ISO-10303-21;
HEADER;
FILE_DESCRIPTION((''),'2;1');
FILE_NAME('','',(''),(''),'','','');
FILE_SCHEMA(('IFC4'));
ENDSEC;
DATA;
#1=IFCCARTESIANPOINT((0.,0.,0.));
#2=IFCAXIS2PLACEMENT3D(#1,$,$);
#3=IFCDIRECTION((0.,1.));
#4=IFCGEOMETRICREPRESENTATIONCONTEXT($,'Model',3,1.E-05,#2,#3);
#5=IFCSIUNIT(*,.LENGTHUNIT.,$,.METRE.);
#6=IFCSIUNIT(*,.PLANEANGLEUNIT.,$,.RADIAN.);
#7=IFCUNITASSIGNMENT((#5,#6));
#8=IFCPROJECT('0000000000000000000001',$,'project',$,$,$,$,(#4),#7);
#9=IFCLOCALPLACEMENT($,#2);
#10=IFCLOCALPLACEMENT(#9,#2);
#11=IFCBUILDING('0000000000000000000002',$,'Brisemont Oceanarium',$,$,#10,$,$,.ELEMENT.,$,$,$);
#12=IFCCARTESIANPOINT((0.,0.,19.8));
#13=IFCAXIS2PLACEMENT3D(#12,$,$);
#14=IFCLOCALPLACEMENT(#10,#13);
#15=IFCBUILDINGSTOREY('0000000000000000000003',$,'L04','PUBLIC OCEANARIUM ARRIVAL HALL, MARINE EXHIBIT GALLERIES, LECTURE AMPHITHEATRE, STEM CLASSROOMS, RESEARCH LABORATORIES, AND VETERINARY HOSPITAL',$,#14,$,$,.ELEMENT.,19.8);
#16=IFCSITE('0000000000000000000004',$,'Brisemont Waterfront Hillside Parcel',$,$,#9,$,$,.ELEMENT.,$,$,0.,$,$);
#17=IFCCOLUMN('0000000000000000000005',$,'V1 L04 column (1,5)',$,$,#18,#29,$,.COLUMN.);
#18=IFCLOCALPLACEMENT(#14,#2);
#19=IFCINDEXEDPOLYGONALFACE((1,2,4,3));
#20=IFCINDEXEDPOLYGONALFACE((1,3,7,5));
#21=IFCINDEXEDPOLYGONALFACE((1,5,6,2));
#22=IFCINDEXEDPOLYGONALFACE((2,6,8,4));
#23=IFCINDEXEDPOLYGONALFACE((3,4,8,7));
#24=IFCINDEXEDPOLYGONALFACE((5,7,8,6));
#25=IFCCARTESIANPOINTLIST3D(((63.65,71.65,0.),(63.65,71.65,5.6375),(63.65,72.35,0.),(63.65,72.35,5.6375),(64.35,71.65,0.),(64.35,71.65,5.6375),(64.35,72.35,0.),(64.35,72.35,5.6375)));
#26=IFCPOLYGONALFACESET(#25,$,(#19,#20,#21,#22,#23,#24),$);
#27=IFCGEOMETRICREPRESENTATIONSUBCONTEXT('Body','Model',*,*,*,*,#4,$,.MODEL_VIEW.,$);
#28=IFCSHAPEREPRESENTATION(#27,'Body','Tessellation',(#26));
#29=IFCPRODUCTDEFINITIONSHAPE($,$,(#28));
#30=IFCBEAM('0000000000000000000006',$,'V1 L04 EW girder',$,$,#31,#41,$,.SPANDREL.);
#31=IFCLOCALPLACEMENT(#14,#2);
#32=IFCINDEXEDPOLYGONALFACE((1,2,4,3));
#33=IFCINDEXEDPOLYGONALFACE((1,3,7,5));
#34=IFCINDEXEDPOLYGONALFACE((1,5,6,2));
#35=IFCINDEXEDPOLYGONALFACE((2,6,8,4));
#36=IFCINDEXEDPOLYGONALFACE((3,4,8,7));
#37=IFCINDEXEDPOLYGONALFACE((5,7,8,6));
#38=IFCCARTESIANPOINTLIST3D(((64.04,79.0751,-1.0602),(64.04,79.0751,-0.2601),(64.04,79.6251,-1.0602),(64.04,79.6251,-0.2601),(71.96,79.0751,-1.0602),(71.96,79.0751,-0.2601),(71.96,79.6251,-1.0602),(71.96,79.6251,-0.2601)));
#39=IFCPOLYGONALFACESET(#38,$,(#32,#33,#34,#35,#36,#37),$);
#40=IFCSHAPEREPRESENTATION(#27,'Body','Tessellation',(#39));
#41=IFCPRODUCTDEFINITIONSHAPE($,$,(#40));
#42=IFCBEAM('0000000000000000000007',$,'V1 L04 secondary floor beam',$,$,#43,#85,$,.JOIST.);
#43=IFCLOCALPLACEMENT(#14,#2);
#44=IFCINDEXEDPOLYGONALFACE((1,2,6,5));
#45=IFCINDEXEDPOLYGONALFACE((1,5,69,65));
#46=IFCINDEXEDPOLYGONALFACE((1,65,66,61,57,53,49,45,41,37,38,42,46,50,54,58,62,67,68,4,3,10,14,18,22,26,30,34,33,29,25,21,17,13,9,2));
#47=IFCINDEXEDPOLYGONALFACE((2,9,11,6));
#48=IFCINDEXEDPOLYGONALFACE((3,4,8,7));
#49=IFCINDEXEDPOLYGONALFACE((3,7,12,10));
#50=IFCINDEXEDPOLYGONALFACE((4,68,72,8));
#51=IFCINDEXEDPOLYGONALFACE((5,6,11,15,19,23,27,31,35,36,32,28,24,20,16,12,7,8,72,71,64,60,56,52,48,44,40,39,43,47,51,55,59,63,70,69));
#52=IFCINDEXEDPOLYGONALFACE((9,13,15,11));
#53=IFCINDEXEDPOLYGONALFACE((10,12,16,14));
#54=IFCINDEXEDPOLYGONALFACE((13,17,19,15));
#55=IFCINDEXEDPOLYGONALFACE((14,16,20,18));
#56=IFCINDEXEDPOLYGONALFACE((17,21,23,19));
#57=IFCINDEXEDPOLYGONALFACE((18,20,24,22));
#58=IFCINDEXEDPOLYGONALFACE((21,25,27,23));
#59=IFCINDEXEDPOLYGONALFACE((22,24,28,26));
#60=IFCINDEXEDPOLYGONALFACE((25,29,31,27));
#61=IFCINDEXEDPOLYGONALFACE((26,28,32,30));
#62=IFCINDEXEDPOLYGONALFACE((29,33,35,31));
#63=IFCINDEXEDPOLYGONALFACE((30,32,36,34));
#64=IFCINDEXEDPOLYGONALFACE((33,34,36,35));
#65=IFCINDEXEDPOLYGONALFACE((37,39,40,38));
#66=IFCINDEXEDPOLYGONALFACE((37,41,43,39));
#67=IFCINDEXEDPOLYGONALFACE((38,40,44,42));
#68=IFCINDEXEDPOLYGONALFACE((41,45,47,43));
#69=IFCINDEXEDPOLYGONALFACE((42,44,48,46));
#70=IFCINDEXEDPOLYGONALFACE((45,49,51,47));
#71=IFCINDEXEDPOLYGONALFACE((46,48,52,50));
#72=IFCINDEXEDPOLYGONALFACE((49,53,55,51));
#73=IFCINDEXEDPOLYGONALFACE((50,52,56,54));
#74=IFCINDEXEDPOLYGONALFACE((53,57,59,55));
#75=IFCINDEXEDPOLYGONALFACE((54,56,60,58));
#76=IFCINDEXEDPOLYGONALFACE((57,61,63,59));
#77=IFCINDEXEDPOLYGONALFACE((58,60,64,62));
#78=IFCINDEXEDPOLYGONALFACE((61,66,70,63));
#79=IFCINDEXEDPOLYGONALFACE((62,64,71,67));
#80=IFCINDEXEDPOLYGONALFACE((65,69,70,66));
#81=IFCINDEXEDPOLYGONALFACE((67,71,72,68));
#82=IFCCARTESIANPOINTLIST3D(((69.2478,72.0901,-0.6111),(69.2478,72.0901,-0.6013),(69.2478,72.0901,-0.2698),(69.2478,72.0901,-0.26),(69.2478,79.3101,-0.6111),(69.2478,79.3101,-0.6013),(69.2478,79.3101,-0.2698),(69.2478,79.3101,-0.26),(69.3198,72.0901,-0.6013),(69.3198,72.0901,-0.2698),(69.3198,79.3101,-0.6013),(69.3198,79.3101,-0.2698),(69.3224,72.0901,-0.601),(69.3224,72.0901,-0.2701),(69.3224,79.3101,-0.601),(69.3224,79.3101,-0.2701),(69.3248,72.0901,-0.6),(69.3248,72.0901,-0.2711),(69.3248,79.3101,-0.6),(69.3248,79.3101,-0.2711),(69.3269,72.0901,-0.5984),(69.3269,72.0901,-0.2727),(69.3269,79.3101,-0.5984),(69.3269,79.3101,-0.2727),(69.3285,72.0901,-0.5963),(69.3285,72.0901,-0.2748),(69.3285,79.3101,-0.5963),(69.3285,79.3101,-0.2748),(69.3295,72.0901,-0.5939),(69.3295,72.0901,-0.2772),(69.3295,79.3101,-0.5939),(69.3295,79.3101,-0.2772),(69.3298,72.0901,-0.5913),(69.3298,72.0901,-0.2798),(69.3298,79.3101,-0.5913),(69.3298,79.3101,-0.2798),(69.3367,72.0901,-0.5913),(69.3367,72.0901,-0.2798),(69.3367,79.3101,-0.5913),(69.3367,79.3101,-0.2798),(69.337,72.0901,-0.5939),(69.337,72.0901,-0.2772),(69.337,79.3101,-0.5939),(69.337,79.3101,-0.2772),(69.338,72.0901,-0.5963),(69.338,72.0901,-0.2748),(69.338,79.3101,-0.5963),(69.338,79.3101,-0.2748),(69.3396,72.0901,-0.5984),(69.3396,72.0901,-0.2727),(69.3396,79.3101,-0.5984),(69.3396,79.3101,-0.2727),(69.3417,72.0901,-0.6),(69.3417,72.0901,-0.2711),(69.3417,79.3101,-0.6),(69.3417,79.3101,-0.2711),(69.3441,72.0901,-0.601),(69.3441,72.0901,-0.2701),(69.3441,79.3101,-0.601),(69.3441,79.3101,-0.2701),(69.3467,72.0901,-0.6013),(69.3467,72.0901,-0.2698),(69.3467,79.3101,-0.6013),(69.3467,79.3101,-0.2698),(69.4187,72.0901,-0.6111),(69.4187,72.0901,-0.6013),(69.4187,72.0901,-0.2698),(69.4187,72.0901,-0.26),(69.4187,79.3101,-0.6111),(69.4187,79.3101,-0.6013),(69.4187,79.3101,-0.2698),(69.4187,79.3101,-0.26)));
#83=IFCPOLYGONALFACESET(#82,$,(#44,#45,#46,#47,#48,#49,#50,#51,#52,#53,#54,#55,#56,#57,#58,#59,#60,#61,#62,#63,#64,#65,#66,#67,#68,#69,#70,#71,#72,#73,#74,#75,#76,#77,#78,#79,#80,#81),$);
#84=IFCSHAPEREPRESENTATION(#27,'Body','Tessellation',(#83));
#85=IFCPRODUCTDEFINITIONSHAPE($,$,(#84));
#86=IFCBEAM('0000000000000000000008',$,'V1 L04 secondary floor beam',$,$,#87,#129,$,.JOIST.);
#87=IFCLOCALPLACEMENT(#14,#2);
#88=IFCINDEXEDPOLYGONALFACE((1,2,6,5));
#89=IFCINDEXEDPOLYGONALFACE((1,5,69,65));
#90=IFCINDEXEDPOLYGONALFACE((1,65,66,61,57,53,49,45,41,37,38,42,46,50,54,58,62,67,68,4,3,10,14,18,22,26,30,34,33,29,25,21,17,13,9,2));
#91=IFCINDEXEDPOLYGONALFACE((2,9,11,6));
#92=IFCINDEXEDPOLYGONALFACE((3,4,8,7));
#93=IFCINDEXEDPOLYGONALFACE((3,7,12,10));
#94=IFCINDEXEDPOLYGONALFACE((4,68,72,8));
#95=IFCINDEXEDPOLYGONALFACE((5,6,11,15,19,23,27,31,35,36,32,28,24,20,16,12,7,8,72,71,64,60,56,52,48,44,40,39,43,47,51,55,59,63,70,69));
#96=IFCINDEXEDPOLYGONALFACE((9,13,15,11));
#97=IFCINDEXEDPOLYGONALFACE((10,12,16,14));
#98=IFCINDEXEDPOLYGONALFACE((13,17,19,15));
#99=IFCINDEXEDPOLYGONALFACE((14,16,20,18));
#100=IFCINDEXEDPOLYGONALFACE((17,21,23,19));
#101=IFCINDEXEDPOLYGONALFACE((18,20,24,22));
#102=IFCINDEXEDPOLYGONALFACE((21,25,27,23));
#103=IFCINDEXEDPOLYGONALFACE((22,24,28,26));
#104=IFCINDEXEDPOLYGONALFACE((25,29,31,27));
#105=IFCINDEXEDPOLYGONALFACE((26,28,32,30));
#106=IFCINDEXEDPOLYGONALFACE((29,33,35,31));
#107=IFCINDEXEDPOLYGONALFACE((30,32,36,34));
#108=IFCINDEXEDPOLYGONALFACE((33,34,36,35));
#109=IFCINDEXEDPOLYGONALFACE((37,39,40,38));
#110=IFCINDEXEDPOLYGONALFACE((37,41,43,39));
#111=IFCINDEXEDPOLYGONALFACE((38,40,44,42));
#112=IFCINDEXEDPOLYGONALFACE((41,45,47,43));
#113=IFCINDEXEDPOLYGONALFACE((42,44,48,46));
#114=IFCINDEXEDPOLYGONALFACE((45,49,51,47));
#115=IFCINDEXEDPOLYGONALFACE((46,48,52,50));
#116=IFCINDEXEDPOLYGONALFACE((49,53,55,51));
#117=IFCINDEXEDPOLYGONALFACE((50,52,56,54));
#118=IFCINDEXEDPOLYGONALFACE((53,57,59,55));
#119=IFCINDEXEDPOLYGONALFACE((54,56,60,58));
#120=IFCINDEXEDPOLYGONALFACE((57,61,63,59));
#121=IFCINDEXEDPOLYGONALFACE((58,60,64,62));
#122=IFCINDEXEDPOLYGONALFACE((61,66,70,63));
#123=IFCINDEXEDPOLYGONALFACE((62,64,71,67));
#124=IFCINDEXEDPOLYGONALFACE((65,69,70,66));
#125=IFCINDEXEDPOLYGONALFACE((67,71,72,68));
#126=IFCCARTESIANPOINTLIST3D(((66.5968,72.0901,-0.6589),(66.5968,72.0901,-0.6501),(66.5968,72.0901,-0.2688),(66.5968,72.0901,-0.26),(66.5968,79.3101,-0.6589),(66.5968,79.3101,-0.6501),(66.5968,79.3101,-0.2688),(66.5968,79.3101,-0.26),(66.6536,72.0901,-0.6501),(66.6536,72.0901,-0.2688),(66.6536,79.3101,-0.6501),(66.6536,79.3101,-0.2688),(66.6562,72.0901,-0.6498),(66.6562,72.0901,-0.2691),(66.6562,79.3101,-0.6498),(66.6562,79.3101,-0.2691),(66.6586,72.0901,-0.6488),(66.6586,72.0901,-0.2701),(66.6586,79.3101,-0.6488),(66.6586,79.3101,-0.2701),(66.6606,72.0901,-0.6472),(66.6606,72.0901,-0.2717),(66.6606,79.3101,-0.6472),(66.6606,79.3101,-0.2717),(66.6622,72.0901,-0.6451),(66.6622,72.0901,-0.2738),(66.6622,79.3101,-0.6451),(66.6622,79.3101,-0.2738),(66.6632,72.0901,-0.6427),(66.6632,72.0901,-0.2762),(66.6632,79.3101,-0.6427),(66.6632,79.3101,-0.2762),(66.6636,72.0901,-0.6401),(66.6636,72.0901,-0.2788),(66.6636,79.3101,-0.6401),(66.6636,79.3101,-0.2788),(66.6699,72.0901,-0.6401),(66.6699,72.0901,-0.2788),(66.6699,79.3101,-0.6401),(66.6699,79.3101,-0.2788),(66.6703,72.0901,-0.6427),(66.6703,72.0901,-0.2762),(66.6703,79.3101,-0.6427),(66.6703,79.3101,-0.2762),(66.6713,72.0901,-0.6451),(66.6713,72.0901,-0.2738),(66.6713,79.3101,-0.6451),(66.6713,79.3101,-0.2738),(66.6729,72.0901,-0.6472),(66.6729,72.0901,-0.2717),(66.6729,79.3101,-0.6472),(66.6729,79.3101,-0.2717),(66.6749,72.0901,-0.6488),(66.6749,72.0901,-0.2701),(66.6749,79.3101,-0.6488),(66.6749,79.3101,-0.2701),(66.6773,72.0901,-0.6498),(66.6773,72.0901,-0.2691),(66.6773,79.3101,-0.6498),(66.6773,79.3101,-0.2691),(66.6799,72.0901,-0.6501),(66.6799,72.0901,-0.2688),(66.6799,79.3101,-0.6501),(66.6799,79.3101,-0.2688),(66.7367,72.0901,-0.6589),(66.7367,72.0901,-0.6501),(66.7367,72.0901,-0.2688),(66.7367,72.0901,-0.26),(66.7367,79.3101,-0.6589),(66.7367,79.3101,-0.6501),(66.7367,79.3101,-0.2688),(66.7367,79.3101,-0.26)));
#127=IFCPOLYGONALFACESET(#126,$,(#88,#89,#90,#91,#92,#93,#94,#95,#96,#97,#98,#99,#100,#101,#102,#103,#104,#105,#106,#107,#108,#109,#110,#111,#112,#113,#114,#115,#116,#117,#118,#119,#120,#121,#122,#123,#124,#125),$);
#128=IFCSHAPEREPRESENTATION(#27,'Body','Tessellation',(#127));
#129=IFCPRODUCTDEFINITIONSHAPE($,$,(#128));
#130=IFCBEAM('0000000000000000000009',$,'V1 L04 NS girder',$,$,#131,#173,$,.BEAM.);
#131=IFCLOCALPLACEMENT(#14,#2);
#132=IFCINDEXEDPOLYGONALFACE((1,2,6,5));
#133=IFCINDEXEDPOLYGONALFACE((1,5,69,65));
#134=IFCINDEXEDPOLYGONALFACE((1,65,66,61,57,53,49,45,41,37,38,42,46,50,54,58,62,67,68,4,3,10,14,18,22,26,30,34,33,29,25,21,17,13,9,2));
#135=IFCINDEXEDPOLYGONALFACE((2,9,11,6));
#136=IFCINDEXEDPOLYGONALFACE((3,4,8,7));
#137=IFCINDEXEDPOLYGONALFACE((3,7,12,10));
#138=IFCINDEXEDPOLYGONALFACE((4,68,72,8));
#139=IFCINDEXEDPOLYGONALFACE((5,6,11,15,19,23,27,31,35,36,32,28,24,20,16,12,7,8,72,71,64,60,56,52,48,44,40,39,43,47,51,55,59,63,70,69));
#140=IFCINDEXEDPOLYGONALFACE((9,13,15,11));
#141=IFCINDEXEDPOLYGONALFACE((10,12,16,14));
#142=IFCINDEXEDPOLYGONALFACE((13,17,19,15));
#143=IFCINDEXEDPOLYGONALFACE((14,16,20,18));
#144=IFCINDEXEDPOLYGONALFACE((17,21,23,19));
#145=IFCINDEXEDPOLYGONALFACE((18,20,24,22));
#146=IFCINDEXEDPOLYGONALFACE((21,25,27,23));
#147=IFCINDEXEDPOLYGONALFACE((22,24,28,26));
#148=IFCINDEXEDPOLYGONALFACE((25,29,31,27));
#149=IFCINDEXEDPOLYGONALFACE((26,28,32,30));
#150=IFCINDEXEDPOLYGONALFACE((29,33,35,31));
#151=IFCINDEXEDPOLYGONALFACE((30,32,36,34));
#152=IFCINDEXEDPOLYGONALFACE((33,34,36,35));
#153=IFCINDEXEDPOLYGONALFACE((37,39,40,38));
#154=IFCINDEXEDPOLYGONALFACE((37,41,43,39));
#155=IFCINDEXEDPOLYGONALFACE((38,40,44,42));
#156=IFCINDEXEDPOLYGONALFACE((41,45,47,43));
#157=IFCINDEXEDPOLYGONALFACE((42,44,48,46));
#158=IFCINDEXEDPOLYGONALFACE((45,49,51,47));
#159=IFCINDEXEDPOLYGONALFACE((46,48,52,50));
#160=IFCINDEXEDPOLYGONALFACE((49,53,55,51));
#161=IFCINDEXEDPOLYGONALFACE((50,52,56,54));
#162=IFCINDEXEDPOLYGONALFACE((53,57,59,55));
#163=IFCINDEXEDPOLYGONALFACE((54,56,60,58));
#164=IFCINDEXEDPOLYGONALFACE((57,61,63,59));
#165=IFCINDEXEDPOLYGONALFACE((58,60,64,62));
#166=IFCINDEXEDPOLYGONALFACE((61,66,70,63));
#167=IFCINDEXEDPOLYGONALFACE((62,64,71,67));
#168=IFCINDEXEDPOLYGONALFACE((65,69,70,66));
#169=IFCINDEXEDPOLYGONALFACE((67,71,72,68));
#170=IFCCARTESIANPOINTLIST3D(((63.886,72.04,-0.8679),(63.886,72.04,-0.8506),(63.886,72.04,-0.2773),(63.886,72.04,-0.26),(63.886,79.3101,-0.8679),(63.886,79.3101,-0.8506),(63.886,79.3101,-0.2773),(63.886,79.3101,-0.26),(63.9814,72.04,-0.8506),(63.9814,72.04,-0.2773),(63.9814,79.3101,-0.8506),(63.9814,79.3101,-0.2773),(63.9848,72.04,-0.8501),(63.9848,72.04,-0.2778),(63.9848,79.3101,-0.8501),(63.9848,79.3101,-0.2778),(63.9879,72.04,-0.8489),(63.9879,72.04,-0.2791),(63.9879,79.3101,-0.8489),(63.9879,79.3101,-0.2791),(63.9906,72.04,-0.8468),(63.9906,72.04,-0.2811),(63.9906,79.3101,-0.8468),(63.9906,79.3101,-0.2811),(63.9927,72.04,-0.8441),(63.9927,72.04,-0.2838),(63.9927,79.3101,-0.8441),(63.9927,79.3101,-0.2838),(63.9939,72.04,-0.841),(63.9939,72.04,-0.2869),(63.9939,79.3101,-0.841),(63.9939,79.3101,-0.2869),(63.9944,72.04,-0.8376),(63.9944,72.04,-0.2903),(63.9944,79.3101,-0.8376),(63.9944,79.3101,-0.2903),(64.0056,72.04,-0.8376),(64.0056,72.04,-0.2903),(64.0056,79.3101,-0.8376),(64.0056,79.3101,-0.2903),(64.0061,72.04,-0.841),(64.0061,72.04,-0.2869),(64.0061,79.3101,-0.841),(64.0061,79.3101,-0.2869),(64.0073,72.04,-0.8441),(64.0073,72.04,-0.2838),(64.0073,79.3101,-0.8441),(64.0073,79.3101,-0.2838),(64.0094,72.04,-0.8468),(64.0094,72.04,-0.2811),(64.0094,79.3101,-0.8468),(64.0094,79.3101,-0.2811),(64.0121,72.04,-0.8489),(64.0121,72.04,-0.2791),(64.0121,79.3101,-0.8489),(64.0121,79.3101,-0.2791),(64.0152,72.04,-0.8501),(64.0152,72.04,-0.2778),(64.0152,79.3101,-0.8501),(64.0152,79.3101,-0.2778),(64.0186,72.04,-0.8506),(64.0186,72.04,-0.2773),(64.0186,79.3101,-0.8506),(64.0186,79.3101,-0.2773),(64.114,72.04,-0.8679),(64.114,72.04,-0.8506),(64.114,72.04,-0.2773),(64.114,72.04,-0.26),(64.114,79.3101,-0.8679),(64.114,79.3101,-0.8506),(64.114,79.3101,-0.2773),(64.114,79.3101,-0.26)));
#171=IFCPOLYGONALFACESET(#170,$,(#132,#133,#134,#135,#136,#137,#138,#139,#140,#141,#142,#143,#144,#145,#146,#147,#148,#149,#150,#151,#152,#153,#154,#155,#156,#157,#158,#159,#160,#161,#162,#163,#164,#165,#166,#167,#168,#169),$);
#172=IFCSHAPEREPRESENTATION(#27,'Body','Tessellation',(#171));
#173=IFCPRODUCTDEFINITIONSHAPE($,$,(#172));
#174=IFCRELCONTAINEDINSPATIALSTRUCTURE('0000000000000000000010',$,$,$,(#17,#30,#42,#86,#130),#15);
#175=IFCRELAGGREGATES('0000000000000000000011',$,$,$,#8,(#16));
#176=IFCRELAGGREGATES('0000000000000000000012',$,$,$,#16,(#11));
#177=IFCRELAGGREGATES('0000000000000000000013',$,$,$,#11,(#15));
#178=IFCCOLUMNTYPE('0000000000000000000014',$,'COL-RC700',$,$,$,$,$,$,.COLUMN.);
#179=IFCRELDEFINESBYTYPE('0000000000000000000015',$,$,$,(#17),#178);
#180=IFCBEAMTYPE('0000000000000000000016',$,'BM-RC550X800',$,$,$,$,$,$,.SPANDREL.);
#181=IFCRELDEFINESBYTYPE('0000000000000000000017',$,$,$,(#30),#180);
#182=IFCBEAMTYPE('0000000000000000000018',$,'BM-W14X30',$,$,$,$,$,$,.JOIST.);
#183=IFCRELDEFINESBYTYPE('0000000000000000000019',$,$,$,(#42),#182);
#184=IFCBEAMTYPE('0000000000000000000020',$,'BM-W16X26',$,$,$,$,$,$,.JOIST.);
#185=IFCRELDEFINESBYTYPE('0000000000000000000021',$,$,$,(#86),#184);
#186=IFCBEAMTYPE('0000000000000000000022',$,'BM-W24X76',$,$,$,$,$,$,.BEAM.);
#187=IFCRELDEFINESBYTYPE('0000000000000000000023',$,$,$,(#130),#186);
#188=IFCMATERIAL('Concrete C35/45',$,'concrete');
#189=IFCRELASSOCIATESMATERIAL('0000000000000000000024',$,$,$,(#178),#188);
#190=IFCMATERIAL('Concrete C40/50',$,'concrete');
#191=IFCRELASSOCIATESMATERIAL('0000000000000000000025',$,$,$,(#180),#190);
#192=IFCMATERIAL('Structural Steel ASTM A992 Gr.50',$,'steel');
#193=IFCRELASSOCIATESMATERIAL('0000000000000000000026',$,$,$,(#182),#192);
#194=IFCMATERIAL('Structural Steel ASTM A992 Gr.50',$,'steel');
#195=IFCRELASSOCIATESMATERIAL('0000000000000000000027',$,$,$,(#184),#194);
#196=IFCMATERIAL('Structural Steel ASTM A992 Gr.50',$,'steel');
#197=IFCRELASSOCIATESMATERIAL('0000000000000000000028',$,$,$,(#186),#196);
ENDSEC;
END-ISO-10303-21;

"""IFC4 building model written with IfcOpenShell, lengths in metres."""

from ifc_helpers import new_model, si_unit, direction, frame, origin, origin_2d, place, context, subcontext, project, spatial, rectangle, i_section, extrude, material, material_profile, profile_set, type_object, element, save


model = new_model("IFC4")

# Units and contexts
model_context = context("Model", 3, precision=1e-05, world=origin(), true_north=direction((0.0, 1.0)))
body_context = subcontext(model_context, "Body", "Model", "MODEL_VIEW")
ifc_project = project(units=[si_unit("LENGTHUNIT", "METRE"), si_unit("PLANEANGLEUNIT", "RADIAN")], contexts=[model_context])

# Site, building, storey
site_placement = place(None, origin())
site = spatial("IfcSite", under=ifc_project, at=site_placement, Name="Brisemont Waterfront Hillside Parcel", CompositionType="ELEMENT", RefElevation=0.0)
building_placement = place(site_placement, origin())
building = spatial("IfcBuilding", under=site, at=building_placement, Name="Brisemont Oceanarium", CompositionType="ELEMENT")
storey_placement = place(building_placement, frame((0.0, 0.0, 19.8)))
storey = spatial("IfcBuildingStorey", under=building, at=storey_placement, Name="L04", Description="PUBLIC OCEANARIUM ARRIVAL HALL, MARINE EXHIBIT GALLERIES, LECTURE AMPHITHEATRE, STEM CLASSROOMS, RESEARCH LABORATORIES, AND VETERINARY HOSPITAL", CompositionType="ELEMENT", Elevation=19.8)

# Column
ifc_material_1 = material(Name="Concrete C35/45", Category="concrete")
ifc_material_profile_1 = material_profile(ifc_material_1, rectangle(XDim=0.7, YDim=0.7, at=origin_2d()), Name="RC-COL-700X700")
ifc_profile_set_1 = profile_set([ifc_material_profile_1], Name="Concrete C35/45")
column_type = type_object("IfcColumnType", Name="COL-RC700", PredefinedType="COLUMN", material=ifc_profile_set_1)
column_placement = place(storey_placement, frame((64.0, 72.0, 0.0), z_axis=(0.0, 0.0, 1.0), x_axis=(1.0, 0.0, 0.0)))
element("IfcColumn", 1, at=column_placement, inside=storey, type_object=column_type, Name="V1 L04 column (1,5)", PredefinedType="COLUMN", context=body_context, shape_type="SweptSolid", body=[
    extrude(rectangle(XDim=0.7, YDim=0.7, at=origin_2d()), origin(), (0.0, 0.0, 1.0), 5.6375),
])

# Beams
ifc_material_2 = material(Name="Concrete C40/50", Category="concrete")
ifc_material_profile_2 = material_profile(ifc_material_2, rectangle(XDim=0.55, YDim=0.8, at=origin_2d()), Name="RC-BM-550X800")
ifc_profile_set_2 = profile_set([ifc_material_profile_2], Name="Concrete C40/50")
beam_type_1 = type_object("IfcBeamType", Name="BM-RC550X800", PredefinedType="SPANDREL", material=ifc_profile_set_2)
beam_1_placement = place(storey_placement, frame((64.04, 79.3501, -0.6602), z_axis=(1.0, 0.0, 0.0), x_axis=(0.0, 1.0, 0.0)))
element("IfcBeam", 2, at=beam_1_placement, inside=storey, type_object=beam_type_1, Name="V1 L04 EW girder", PredefinedType="SPANDREL", context=body_context, shape_type="SweptSolid", body=[
    extrude(rectangle(XDim=0.55, YDim=0.8, at=origin_2d()), origin(), (0.0, 0.0, 1.0), 7.9199),
])
ifc_material_3 = material(Name="Structural Steel ASTM A992 Gr.50", Category="steel")
ifc_material_profile_3 = material_profile(ifc_material_3, i_section(OverallWidth=0.1709, OverallDepth=0.3511, WebThickness=0.0068, FlangeThickness=0.0098, FilletRadius=0.01, at=origin_2d()), Name="W14X30")
ifc_profile_set_3 = profile_set([ifc_material_profile_3], Name="Structural Steel ASTM A992 Gr.50")
beam_type_2 = type_object("IfcBeamType", Name="BM-W14X30", PredefinedType="JOIST", material=ifc_profile_set_3)
beam_2_placement = place(storey_placement, frame((69.3333, 72.0901, -0.4355), z_axis=(0.0, 1.0, 0.0), x_axis=(-1.0, 0.0, 0.0)))
element("IfcBeam", 3, at=beam_2_placement, inside=storey, type_object=beam_type_2, Name="V1 L04 secondary floor beam", PredefinedType="JOIST", context=body_context, shape_type="SweptSolid", body=[
    extrude(i_section(OverallWidth=0.1709, OverallDepth=0.3511, WebThickness=0.0068, FlangeThickness=0.0098, FilletRadius=0.01, at=origin_2d()), origin(), (0.0, 0.0, 1.0), 7.22),
])
ifc_material_4 = material(Name="Structural Steel ASTM A992 Gr.50", Category="steel")
ifc_material_profile_4 = material_profile(ifc_material_4, i_section(OverallWidth=0.1399, OverallDepth=0.3989, WebThickness=0.0063, FlangeThickness=0.0088, FilletRadius=0.01, at=origin_2d()), Name="W16X26")
ifc_profile_set_4 = profile_set([ifc_material_profile_4], Name="Structural Steel ASTM A992 Gr.50")
beam_type_3 = type_object("IfcBeamType", Name="BM-W16X26", PredefinedType="JOIST", material=ifc_profile_set_4)
beam_3_placement = place(storey_placement, frame((66.6667, 72.0901, -0.4595), z_axis=(0.0, 1.0, 0.0), x_axis=(-1.0, 0.0, 0.0)))
element("IfcBeam", 4, at=beam_3_placement, inside=storey, type_object=beam_type_3, Name="V1 L04 secondary floor beam", PredefinedType="JOIST", context=body_context, shape_type="SweptSolid", body=[
    extrude(i_section(OverallWidth=0.1399, OverallDepth=0.3989, WebThickness=0.0063, FlangeThickness=0.0088, FilletRadius=0.01, at=origin_2d()), origin(), (0.0, 0.0, 1.0), 7.22),
])
ifc_material_5 = material(Name="Structural Steel ASTM A992 Gr.50", Category="steel")
ifc_material_profile_5 = material_profile(ifc_material_5, i_section(OverallWidth=0.228, OverallDepth=0.6079, WebThickness=0.0112, FlangeThickness=0.0173, FilletRadius=0.0129, at=origin_2d()), Name="W24X76")
ifc_profile_set_5 = profile_set([ifc_material_profile_5], Name="Structural Steel ASTM A992 Gr.50")
beam_type_4 = type_object("IfcBeamType", Name="BM-W24X76", PredefinedType="BEAM", material=ifc_profile_set_5)
beam_4_placement = place(storey_placement, frame((64.0, 72.04, -0.564), z_axis=(0.0, 1.0, 0.0), x_axis=(-1.0, 0.0, 0.0)))
element("IfcBeam", 5, at=beam_4_placement, inside=storey, type_object=beam_type_4, Name="V1 L04 NS girder", PredefinedType="BEAM", context=body_context, shape_type="SweptSolid", body=[
    extrude(i_section(OverallWidth=0.228, OverallDepth=0.6079, WebThickness=0.0112, FlangeThickness=0.0173, FilletRadius=0.0129, at=origin_2d()), origin(), (0.0, 0.0, 1.0), 7.27),
])

save(model, "model.ifc")
